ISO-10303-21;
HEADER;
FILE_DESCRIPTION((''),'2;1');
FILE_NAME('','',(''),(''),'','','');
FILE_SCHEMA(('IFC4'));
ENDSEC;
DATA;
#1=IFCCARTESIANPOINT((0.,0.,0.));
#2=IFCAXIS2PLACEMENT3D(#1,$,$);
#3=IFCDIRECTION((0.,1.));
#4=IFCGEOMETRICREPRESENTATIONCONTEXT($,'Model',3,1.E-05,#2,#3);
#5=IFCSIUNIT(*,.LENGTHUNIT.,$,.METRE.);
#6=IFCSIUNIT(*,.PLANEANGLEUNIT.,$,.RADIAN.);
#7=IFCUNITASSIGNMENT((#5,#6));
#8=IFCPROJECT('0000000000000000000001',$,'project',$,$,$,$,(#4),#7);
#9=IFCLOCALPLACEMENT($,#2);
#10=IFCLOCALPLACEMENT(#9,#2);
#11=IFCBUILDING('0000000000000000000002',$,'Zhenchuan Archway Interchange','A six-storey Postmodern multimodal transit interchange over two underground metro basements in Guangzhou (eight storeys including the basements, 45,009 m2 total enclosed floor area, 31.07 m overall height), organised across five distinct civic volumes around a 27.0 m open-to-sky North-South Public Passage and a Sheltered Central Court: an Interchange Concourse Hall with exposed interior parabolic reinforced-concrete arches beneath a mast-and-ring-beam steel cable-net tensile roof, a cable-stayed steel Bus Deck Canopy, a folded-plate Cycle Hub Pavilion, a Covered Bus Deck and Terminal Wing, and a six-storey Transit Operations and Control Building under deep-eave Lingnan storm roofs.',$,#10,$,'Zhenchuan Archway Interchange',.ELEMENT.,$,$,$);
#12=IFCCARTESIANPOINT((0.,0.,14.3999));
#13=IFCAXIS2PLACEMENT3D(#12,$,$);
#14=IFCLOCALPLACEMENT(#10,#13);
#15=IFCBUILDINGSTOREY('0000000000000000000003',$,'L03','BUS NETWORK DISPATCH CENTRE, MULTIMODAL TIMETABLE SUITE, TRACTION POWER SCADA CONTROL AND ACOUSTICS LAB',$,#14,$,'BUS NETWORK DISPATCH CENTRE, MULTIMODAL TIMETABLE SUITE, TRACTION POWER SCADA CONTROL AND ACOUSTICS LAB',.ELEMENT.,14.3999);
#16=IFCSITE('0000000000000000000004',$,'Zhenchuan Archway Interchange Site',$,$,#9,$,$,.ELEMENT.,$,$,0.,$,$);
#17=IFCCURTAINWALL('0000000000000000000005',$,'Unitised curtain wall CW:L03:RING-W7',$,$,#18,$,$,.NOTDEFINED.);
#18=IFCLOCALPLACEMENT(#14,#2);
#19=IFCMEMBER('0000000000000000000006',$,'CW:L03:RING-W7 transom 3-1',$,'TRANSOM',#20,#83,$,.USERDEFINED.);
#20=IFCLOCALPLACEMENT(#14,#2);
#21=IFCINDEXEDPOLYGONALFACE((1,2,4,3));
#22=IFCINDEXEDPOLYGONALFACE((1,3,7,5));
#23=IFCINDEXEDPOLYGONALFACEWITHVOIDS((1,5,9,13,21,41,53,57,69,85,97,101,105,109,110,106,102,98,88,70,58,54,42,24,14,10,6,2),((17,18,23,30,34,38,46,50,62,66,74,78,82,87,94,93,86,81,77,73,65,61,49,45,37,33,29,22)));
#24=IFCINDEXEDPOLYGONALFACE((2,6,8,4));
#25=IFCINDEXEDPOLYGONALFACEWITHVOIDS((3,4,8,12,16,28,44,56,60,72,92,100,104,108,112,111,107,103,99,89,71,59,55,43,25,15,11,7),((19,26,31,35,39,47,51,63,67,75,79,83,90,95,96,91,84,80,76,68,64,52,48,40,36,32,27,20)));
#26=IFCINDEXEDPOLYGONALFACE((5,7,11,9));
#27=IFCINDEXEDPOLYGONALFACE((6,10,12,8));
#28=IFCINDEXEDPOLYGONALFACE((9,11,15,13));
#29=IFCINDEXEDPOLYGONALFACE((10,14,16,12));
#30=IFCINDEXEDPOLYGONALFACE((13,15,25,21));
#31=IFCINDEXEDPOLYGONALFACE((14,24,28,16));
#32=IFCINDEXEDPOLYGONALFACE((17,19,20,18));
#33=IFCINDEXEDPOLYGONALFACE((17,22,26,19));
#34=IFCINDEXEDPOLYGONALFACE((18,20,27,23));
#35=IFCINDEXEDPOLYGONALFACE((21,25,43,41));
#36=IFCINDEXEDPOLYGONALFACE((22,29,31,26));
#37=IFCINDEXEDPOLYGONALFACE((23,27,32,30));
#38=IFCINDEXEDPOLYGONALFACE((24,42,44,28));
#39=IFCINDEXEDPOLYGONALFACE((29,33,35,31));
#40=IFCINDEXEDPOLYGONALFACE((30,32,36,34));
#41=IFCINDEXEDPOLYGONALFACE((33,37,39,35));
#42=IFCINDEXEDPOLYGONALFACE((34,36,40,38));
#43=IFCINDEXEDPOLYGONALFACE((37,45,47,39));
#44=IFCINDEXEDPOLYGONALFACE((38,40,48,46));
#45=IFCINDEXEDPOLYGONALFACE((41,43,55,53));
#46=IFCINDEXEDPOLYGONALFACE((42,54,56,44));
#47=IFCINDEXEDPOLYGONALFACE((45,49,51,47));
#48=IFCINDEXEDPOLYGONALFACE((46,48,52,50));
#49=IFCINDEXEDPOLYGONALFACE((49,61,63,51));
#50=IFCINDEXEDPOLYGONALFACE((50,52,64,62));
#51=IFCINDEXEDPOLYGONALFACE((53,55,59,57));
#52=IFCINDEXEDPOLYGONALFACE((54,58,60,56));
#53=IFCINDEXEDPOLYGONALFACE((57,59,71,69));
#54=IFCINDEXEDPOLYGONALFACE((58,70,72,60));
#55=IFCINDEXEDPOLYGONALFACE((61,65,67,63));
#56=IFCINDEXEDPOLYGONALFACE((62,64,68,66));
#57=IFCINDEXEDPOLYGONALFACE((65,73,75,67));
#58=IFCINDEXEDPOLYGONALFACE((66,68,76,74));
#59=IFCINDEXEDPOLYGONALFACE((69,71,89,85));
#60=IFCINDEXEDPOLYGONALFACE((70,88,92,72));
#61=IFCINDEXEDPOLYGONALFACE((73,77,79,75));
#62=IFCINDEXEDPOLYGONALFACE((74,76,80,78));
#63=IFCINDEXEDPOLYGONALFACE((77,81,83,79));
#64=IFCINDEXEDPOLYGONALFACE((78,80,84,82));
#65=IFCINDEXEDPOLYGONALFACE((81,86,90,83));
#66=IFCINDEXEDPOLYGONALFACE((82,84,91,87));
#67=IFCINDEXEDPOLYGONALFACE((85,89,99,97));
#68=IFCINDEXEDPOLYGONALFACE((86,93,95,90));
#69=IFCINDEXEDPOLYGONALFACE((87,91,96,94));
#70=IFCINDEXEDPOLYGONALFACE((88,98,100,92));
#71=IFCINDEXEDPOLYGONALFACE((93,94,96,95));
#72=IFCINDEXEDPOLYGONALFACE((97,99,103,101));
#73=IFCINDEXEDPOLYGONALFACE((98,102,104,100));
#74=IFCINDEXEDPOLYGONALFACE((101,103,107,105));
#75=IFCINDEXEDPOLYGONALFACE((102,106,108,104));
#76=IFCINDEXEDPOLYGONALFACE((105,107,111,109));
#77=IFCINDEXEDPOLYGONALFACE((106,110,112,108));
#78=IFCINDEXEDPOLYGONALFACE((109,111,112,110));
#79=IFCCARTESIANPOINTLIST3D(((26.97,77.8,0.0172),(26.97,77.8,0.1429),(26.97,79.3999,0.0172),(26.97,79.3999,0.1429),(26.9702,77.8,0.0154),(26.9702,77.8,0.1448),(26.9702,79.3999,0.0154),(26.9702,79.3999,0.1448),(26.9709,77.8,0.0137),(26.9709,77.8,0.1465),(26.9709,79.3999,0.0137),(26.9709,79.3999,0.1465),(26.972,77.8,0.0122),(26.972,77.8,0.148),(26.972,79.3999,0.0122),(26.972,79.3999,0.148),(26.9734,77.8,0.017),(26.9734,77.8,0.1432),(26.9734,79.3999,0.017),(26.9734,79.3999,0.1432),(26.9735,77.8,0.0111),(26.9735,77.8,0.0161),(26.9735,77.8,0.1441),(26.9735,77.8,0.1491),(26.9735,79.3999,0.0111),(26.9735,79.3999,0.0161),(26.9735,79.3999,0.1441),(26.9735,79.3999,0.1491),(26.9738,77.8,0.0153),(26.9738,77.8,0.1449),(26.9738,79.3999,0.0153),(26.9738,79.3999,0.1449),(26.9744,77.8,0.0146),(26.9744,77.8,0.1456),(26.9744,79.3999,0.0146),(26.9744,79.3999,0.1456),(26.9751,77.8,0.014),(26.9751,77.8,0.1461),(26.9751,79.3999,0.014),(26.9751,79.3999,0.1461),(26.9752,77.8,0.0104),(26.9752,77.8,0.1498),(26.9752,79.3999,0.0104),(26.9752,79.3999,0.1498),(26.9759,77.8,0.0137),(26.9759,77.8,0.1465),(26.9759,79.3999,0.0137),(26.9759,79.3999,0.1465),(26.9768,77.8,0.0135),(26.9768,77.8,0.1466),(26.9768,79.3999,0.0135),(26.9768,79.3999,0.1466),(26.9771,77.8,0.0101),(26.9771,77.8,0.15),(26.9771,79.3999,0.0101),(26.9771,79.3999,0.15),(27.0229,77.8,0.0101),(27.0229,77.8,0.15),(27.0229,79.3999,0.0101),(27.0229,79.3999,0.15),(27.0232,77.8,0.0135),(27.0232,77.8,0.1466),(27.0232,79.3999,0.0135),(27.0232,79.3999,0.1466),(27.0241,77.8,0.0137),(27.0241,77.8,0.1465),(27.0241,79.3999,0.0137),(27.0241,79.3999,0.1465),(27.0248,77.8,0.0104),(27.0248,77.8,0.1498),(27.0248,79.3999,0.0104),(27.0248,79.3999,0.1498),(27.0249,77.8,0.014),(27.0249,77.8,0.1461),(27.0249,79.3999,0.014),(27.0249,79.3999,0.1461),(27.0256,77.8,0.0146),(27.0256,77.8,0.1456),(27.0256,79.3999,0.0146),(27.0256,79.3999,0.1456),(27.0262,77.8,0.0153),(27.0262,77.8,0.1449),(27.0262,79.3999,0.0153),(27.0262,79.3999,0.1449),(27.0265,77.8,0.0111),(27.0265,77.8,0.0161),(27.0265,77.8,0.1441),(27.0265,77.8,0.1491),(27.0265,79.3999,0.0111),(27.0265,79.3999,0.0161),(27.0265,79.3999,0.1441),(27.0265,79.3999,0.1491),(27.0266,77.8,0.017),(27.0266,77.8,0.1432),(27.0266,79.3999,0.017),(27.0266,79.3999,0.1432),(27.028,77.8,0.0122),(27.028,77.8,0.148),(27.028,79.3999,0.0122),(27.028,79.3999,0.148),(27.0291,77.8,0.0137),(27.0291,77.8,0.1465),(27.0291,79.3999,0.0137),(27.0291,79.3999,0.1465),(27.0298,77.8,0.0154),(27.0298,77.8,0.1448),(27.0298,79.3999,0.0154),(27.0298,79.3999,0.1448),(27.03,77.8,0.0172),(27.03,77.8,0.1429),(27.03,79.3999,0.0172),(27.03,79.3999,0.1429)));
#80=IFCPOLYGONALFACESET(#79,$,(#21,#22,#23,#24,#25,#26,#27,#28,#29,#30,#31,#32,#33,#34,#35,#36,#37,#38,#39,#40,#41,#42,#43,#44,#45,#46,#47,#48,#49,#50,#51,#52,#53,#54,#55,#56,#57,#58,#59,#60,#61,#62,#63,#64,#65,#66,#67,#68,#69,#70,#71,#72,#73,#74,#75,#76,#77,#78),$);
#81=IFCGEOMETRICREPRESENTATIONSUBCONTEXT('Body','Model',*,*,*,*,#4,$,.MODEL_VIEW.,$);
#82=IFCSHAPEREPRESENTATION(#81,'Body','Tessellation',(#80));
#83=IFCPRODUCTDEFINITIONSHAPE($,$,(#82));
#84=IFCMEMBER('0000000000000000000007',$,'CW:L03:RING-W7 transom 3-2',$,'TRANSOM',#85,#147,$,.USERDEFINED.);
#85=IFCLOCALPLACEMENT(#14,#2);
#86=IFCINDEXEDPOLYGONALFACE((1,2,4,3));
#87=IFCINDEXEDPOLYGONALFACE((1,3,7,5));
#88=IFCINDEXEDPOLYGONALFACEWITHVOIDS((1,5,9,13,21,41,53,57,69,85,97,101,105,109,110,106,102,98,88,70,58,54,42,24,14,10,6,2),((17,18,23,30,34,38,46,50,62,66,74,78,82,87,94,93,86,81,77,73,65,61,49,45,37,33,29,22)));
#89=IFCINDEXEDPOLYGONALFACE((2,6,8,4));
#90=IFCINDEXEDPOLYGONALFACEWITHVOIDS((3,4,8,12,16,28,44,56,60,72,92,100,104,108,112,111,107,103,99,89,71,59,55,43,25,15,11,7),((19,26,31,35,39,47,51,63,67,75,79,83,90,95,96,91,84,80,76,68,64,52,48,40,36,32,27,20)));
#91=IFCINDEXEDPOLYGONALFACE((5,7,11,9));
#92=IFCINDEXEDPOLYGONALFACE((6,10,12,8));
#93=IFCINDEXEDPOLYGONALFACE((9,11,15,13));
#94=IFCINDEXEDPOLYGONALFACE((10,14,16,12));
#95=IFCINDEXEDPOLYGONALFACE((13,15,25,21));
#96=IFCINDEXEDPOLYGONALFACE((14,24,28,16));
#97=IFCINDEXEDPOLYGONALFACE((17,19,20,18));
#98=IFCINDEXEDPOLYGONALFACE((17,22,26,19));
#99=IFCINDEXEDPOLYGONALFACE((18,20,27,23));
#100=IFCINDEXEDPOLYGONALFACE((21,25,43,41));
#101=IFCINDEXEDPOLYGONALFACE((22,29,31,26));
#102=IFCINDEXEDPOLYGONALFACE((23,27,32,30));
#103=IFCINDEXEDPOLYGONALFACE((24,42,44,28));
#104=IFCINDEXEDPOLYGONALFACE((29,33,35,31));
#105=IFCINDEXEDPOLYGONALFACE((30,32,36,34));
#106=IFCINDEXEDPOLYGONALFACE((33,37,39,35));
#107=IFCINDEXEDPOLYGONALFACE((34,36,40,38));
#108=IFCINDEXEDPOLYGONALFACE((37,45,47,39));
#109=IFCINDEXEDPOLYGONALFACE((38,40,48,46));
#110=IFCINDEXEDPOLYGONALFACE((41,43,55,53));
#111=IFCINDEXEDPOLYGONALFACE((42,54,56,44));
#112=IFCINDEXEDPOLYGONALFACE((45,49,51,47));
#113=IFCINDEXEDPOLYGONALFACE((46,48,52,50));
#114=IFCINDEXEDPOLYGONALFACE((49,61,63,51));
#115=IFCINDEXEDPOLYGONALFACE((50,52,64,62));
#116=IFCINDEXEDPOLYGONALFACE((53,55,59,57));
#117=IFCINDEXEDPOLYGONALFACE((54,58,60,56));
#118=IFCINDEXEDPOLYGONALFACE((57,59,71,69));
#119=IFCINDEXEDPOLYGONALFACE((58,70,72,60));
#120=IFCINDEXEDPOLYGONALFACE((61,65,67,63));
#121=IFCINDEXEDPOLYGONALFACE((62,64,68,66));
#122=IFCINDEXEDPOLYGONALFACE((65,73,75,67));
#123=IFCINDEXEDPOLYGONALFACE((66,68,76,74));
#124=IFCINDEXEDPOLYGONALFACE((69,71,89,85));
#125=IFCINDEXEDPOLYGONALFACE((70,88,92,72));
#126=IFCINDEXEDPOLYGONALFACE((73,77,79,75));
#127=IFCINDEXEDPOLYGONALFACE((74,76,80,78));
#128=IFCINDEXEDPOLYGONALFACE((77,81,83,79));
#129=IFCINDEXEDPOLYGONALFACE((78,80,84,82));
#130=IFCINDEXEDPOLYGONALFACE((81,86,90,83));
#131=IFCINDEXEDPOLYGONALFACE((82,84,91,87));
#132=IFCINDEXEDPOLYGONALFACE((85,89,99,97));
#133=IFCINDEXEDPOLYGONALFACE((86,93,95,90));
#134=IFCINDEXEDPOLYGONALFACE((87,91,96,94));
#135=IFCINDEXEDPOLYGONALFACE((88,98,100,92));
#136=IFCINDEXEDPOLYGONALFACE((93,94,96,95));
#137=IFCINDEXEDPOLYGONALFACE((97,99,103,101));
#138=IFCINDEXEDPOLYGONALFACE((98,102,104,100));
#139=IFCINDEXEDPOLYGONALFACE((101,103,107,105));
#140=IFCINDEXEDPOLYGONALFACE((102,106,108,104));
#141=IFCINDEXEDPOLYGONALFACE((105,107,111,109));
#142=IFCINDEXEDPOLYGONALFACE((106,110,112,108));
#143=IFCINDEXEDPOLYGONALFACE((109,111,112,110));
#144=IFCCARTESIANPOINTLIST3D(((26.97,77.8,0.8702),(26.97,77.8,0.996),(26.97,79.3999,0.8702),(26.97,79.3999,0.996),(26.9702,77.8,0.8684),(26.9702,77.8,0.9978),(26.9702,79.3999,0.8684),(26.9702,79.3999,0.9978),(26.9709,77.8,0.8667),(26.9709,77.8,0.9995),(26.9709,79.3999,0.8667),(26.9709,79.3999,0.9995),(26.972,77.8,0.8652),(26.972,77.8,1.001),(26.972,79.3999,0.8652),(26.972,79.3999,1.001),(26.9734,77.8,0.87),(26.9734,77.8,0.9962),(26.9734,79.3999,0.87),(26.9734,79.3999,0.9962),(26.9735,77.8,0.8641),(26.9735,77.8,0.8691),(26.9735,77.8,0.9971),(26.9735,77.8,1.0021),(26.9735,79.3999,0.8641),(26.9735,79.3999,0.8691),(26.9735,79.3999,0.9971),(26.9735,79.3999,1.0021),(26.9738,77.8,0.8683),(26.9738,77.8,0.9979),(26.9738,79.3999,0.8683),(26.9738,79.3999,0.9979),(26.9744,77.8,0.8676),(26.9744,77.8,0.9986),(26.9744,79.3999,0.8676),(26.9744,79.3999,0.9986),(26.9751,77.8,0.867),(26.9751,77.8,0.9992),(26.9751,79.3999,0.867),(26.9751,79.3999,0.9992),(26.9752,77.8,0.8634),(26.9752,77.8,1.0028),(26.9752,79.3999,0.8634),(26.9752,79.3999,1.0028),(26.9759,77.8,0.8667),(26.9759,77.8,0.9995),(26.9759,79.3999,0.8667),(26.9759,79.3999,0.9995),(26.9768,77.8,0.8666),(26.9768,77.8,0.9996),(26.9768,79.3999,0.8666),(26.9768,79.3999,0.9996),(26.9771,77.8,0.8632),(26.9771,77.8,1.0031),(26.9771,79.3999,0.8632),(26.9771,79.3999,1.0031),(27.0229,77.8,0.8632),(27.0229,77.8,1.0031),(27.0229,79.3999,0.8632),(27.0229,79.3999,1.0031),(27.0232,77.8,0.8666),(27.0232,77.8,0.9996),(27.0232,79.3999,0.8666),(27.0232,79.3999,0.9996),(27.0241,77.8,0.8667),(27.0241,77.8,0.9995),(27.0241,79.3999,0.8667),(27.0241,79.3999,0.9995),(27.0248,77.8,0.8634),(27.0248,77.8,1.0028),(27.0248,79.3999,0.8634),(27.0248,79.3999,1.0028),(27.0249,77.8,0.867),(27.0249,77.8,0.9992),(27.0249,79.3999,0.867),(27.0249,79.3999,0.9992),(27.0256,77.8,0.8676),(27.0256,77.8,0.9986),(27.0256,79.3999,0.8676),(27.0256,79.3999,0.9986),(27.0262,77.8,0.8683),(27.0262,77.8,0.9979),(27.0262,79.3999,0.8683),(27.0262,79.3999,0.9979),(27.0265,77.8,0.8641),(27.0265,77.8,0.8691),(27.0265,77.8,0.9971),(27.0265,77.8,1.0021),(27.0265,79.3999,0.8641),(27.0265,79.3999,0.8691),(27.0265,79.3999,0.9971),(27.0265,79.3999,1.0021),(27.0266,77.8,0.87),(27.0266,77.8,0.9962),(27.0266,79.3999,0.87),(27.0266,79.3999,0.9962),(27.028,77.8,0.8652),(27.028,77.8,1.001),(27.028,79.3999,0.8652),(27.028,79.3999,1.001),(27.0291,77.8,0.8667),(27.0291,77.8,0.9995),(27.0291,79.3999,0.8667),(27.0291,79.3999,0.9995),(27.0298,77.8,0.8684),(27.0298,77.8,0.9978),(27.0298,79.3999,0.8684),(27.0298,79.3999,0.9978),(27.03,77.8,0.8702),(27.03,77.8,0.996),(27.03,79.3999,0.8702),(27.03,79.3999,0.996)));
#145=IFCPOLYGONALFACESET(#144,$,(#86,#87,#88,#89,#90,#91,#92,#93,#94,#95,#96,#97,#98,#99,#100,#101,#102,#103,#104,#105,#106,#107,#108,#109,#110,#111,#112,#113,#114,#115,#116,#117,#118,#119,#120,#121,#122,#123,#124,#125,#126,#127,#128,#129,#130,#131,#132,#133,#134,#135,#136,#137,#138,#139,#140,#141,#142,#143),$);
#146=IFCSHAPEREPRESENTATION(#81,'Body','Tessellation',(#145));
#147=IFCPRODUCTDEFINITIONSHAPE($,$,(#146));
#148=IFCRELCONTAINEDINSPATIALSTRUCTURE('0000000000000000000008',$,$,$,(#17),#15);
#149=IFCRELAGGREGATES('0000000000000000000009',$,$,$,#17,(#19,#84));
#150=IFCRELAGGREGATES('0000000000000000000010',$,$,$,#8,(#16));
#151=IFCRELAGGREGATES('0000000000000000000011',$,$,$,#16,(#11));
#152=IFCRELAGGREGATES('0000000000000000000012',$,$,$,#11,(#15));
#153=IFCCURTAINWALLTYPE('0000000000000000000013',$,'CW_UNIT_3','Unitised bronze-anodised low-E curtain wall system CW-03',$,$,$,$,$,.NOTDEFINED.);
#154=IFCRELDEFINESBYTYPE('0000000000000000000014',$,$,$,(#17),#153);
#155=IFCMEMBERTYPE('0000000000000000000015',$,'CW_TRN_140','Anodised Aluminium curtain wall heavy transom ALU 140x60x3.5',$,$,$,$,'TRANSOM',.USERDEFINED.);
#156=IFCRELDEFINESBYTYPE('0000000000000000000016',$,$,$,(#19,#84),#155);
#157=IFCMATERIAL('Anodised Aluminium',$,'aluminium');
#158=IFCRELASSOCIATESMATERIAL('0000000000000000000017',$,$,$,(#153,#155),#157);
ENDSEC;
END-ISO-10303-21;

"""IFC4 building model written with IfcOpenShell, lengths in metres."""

from ifc_helpers import new_model, si_unit, direction, frame, origin, origin_2d, place, context, subcontext, project, spatial, hollow_rectangle, extrude, material, material_profile, profile_set, type_object, element, aggregate, save


model = new_model("IFC4")

# Units and contexts
model_context = context("Model", 3, precision=1e-05, world=origin(), true_north=direction((0.0, 1.0)))
body_context = subcontext(model_context, "Body", "Model", "MODEL_VIEW")
ifc_project = project(units=[si_unit("LENGTHUNIT", "METRE"), si_unit("PLANEANGLEUNIT", "RADIAN")], contexts=[model_context])

# Site, building, storey
site_placement = place(None, origin())
site = spatial("IfcSite", under=ifc_project, at=site_placement, Name="Zhenchuan Archway Interchange Site", CompositionType="ELEMENT", RefElevation=0.0)
building_placement = place(site_placement, origin())
building = spatial("IfcBuilding", under=site, at=building_placement, Name="Zhenchuan Archway Interchange", Description="A six-storey Postmodern multimodal transit interchange over two underground metro basements in Guangzhou (eight storeys including the basements, 45,009 m2 total enclosed floor area, 31.07 m overall height), organised across five distinct civic volumes around a 27.0 m open-to-sky North-South Public Passage and a Sheltered Central Court: an Interchange Concourse Hall with exposed interior parabolic reinforced-concrete arches beneath a mast-and-ring-beam steel cable-net tensile roof, a cable-stayed steel Bus Deck Canopy, a folded-plate Cycle Hub Pavilion, a Covered Bus Deck and Terminal Wing, and a six-storey Transit Operations and Control Building under deep-eave Lingnan storm roofs.", LongName="Zhenchuan Archway Interchange", CompositionType="ELEMENT")
storey_placement = place(building_placement, frame((0.0, 0.0, 14.3999)))
storey = spatial("IfcBuildingStorey", under=building, at=storey_placement, Name="L03", Description="BUS NETWORK DISPATCH CENTRE, MULTIMODAL TIMETABLE SUITE, TRACTION POWER SCADA CONTROL AND ACOUSTICS LAB", LongName="BUS NETWORK DISPATCH CENTRE, MULTIMODAL TIMETABLE SUITE, TRACTION POWER SCADA CONTROL AND ACOUSTICS LAB", CompositionType="ELEMENT", Elevation=14.3999)

# Curtain wall, members
ifc_material_1 = material(Name="Anodised Aluminium", Category="aluminium")
curtain_wall_type = type_object("IfcCurtainWallType", Name="CW_UNIT_3", Description="Unitised bronze-anodised low-E curtain wall system CW-03", PredefinedType="NOTDEFINED", material=ifc_material_1)
curtain_wall_placement = place(storey_placement, origin())
curtain_wall = element("IfcCurtainWall", 1, at=curtain_wall_placement, inside=storey, type_object=curtain_wall_type, Name="Unitised curtain wall CW:L03:RING-W7", PredefinedType="NOTDEFINED")
ifc_material_profile_1 = material_profile(ifc_material_1, hollow_rectangle(XDim=0.0601, YDim=0.1399, WallThickness=0.0034, InnerFilletRadius=0.0034, OuterFilletRadius=0.0071, at=origin_2d()), Name="ALU 140x60x3.5")
ifc_profile_set_1 = profile_set([ifc_material_profile_1], Name="Anodised Aluminium")
member_type_1 = type_object("IfcMemberType", Name="CW_TRN_140", Description="Anodised Aluminium curtain wall heavy transom ALU 140x60x3.5", ElementType="TRANSOM", PredefinedType="USERDEFINED", material=ifc_profile_set_1)
member_1_placement = place(storey_placement, frame((27.0, 77.8, 0.0801), z_axis=(0.0, 1.0, 0.0), x_axis=(-1.0, 0.0, 0.0)))
member_1 = element("IfcMember", 2, at=member_1_placement, type_object=member_type_1, Name="CW:L03:RING-W7 transom 3-1", ObjectType="TRANSOM", PredefinedType="USERDEFINED", context=body_context, shape_type="SweptSolid", body=[
    extrude(hollow_rectangle(XDim=0.0601, YDim=0.1399, WallThickness=0.0034, InnerFilletRadius=0.0034, OuterFilletRadius=0.0071, at=origin_2d()), origin(), (0.0, 0.0, 1.0), 1.5999),
])
member_2_placement = place(storey_placement, frame((27.0, 77.8, 0.9331), z_axis=(0.0, 1.0, 0.0), x_axis=(-1.0, 0.0, 0.0)))
member_2 = element("IfcMember", 3, at=member_2_placement, type_object=member_type_1, Name="CW:L03:RING-W7 transom 3-2", ObjectType="TRANSOM", PredefinedType="USERDEFINED", context=body_context, shape_type="SweptSolid", body=[
    extrude(hollow_rectangle(XDim=0.0601, YDim=0.1399, WallThickness=0.0034, InnerFilletRadius=0.0034, OuterFilletRadius=0.0071, at=origin_2d()), origin(), (0.0, 0.0, 1.0), 1.5999),
])

aggregate(curtain_wall, [member_1, member_2])

save(model, "model.ifc")
